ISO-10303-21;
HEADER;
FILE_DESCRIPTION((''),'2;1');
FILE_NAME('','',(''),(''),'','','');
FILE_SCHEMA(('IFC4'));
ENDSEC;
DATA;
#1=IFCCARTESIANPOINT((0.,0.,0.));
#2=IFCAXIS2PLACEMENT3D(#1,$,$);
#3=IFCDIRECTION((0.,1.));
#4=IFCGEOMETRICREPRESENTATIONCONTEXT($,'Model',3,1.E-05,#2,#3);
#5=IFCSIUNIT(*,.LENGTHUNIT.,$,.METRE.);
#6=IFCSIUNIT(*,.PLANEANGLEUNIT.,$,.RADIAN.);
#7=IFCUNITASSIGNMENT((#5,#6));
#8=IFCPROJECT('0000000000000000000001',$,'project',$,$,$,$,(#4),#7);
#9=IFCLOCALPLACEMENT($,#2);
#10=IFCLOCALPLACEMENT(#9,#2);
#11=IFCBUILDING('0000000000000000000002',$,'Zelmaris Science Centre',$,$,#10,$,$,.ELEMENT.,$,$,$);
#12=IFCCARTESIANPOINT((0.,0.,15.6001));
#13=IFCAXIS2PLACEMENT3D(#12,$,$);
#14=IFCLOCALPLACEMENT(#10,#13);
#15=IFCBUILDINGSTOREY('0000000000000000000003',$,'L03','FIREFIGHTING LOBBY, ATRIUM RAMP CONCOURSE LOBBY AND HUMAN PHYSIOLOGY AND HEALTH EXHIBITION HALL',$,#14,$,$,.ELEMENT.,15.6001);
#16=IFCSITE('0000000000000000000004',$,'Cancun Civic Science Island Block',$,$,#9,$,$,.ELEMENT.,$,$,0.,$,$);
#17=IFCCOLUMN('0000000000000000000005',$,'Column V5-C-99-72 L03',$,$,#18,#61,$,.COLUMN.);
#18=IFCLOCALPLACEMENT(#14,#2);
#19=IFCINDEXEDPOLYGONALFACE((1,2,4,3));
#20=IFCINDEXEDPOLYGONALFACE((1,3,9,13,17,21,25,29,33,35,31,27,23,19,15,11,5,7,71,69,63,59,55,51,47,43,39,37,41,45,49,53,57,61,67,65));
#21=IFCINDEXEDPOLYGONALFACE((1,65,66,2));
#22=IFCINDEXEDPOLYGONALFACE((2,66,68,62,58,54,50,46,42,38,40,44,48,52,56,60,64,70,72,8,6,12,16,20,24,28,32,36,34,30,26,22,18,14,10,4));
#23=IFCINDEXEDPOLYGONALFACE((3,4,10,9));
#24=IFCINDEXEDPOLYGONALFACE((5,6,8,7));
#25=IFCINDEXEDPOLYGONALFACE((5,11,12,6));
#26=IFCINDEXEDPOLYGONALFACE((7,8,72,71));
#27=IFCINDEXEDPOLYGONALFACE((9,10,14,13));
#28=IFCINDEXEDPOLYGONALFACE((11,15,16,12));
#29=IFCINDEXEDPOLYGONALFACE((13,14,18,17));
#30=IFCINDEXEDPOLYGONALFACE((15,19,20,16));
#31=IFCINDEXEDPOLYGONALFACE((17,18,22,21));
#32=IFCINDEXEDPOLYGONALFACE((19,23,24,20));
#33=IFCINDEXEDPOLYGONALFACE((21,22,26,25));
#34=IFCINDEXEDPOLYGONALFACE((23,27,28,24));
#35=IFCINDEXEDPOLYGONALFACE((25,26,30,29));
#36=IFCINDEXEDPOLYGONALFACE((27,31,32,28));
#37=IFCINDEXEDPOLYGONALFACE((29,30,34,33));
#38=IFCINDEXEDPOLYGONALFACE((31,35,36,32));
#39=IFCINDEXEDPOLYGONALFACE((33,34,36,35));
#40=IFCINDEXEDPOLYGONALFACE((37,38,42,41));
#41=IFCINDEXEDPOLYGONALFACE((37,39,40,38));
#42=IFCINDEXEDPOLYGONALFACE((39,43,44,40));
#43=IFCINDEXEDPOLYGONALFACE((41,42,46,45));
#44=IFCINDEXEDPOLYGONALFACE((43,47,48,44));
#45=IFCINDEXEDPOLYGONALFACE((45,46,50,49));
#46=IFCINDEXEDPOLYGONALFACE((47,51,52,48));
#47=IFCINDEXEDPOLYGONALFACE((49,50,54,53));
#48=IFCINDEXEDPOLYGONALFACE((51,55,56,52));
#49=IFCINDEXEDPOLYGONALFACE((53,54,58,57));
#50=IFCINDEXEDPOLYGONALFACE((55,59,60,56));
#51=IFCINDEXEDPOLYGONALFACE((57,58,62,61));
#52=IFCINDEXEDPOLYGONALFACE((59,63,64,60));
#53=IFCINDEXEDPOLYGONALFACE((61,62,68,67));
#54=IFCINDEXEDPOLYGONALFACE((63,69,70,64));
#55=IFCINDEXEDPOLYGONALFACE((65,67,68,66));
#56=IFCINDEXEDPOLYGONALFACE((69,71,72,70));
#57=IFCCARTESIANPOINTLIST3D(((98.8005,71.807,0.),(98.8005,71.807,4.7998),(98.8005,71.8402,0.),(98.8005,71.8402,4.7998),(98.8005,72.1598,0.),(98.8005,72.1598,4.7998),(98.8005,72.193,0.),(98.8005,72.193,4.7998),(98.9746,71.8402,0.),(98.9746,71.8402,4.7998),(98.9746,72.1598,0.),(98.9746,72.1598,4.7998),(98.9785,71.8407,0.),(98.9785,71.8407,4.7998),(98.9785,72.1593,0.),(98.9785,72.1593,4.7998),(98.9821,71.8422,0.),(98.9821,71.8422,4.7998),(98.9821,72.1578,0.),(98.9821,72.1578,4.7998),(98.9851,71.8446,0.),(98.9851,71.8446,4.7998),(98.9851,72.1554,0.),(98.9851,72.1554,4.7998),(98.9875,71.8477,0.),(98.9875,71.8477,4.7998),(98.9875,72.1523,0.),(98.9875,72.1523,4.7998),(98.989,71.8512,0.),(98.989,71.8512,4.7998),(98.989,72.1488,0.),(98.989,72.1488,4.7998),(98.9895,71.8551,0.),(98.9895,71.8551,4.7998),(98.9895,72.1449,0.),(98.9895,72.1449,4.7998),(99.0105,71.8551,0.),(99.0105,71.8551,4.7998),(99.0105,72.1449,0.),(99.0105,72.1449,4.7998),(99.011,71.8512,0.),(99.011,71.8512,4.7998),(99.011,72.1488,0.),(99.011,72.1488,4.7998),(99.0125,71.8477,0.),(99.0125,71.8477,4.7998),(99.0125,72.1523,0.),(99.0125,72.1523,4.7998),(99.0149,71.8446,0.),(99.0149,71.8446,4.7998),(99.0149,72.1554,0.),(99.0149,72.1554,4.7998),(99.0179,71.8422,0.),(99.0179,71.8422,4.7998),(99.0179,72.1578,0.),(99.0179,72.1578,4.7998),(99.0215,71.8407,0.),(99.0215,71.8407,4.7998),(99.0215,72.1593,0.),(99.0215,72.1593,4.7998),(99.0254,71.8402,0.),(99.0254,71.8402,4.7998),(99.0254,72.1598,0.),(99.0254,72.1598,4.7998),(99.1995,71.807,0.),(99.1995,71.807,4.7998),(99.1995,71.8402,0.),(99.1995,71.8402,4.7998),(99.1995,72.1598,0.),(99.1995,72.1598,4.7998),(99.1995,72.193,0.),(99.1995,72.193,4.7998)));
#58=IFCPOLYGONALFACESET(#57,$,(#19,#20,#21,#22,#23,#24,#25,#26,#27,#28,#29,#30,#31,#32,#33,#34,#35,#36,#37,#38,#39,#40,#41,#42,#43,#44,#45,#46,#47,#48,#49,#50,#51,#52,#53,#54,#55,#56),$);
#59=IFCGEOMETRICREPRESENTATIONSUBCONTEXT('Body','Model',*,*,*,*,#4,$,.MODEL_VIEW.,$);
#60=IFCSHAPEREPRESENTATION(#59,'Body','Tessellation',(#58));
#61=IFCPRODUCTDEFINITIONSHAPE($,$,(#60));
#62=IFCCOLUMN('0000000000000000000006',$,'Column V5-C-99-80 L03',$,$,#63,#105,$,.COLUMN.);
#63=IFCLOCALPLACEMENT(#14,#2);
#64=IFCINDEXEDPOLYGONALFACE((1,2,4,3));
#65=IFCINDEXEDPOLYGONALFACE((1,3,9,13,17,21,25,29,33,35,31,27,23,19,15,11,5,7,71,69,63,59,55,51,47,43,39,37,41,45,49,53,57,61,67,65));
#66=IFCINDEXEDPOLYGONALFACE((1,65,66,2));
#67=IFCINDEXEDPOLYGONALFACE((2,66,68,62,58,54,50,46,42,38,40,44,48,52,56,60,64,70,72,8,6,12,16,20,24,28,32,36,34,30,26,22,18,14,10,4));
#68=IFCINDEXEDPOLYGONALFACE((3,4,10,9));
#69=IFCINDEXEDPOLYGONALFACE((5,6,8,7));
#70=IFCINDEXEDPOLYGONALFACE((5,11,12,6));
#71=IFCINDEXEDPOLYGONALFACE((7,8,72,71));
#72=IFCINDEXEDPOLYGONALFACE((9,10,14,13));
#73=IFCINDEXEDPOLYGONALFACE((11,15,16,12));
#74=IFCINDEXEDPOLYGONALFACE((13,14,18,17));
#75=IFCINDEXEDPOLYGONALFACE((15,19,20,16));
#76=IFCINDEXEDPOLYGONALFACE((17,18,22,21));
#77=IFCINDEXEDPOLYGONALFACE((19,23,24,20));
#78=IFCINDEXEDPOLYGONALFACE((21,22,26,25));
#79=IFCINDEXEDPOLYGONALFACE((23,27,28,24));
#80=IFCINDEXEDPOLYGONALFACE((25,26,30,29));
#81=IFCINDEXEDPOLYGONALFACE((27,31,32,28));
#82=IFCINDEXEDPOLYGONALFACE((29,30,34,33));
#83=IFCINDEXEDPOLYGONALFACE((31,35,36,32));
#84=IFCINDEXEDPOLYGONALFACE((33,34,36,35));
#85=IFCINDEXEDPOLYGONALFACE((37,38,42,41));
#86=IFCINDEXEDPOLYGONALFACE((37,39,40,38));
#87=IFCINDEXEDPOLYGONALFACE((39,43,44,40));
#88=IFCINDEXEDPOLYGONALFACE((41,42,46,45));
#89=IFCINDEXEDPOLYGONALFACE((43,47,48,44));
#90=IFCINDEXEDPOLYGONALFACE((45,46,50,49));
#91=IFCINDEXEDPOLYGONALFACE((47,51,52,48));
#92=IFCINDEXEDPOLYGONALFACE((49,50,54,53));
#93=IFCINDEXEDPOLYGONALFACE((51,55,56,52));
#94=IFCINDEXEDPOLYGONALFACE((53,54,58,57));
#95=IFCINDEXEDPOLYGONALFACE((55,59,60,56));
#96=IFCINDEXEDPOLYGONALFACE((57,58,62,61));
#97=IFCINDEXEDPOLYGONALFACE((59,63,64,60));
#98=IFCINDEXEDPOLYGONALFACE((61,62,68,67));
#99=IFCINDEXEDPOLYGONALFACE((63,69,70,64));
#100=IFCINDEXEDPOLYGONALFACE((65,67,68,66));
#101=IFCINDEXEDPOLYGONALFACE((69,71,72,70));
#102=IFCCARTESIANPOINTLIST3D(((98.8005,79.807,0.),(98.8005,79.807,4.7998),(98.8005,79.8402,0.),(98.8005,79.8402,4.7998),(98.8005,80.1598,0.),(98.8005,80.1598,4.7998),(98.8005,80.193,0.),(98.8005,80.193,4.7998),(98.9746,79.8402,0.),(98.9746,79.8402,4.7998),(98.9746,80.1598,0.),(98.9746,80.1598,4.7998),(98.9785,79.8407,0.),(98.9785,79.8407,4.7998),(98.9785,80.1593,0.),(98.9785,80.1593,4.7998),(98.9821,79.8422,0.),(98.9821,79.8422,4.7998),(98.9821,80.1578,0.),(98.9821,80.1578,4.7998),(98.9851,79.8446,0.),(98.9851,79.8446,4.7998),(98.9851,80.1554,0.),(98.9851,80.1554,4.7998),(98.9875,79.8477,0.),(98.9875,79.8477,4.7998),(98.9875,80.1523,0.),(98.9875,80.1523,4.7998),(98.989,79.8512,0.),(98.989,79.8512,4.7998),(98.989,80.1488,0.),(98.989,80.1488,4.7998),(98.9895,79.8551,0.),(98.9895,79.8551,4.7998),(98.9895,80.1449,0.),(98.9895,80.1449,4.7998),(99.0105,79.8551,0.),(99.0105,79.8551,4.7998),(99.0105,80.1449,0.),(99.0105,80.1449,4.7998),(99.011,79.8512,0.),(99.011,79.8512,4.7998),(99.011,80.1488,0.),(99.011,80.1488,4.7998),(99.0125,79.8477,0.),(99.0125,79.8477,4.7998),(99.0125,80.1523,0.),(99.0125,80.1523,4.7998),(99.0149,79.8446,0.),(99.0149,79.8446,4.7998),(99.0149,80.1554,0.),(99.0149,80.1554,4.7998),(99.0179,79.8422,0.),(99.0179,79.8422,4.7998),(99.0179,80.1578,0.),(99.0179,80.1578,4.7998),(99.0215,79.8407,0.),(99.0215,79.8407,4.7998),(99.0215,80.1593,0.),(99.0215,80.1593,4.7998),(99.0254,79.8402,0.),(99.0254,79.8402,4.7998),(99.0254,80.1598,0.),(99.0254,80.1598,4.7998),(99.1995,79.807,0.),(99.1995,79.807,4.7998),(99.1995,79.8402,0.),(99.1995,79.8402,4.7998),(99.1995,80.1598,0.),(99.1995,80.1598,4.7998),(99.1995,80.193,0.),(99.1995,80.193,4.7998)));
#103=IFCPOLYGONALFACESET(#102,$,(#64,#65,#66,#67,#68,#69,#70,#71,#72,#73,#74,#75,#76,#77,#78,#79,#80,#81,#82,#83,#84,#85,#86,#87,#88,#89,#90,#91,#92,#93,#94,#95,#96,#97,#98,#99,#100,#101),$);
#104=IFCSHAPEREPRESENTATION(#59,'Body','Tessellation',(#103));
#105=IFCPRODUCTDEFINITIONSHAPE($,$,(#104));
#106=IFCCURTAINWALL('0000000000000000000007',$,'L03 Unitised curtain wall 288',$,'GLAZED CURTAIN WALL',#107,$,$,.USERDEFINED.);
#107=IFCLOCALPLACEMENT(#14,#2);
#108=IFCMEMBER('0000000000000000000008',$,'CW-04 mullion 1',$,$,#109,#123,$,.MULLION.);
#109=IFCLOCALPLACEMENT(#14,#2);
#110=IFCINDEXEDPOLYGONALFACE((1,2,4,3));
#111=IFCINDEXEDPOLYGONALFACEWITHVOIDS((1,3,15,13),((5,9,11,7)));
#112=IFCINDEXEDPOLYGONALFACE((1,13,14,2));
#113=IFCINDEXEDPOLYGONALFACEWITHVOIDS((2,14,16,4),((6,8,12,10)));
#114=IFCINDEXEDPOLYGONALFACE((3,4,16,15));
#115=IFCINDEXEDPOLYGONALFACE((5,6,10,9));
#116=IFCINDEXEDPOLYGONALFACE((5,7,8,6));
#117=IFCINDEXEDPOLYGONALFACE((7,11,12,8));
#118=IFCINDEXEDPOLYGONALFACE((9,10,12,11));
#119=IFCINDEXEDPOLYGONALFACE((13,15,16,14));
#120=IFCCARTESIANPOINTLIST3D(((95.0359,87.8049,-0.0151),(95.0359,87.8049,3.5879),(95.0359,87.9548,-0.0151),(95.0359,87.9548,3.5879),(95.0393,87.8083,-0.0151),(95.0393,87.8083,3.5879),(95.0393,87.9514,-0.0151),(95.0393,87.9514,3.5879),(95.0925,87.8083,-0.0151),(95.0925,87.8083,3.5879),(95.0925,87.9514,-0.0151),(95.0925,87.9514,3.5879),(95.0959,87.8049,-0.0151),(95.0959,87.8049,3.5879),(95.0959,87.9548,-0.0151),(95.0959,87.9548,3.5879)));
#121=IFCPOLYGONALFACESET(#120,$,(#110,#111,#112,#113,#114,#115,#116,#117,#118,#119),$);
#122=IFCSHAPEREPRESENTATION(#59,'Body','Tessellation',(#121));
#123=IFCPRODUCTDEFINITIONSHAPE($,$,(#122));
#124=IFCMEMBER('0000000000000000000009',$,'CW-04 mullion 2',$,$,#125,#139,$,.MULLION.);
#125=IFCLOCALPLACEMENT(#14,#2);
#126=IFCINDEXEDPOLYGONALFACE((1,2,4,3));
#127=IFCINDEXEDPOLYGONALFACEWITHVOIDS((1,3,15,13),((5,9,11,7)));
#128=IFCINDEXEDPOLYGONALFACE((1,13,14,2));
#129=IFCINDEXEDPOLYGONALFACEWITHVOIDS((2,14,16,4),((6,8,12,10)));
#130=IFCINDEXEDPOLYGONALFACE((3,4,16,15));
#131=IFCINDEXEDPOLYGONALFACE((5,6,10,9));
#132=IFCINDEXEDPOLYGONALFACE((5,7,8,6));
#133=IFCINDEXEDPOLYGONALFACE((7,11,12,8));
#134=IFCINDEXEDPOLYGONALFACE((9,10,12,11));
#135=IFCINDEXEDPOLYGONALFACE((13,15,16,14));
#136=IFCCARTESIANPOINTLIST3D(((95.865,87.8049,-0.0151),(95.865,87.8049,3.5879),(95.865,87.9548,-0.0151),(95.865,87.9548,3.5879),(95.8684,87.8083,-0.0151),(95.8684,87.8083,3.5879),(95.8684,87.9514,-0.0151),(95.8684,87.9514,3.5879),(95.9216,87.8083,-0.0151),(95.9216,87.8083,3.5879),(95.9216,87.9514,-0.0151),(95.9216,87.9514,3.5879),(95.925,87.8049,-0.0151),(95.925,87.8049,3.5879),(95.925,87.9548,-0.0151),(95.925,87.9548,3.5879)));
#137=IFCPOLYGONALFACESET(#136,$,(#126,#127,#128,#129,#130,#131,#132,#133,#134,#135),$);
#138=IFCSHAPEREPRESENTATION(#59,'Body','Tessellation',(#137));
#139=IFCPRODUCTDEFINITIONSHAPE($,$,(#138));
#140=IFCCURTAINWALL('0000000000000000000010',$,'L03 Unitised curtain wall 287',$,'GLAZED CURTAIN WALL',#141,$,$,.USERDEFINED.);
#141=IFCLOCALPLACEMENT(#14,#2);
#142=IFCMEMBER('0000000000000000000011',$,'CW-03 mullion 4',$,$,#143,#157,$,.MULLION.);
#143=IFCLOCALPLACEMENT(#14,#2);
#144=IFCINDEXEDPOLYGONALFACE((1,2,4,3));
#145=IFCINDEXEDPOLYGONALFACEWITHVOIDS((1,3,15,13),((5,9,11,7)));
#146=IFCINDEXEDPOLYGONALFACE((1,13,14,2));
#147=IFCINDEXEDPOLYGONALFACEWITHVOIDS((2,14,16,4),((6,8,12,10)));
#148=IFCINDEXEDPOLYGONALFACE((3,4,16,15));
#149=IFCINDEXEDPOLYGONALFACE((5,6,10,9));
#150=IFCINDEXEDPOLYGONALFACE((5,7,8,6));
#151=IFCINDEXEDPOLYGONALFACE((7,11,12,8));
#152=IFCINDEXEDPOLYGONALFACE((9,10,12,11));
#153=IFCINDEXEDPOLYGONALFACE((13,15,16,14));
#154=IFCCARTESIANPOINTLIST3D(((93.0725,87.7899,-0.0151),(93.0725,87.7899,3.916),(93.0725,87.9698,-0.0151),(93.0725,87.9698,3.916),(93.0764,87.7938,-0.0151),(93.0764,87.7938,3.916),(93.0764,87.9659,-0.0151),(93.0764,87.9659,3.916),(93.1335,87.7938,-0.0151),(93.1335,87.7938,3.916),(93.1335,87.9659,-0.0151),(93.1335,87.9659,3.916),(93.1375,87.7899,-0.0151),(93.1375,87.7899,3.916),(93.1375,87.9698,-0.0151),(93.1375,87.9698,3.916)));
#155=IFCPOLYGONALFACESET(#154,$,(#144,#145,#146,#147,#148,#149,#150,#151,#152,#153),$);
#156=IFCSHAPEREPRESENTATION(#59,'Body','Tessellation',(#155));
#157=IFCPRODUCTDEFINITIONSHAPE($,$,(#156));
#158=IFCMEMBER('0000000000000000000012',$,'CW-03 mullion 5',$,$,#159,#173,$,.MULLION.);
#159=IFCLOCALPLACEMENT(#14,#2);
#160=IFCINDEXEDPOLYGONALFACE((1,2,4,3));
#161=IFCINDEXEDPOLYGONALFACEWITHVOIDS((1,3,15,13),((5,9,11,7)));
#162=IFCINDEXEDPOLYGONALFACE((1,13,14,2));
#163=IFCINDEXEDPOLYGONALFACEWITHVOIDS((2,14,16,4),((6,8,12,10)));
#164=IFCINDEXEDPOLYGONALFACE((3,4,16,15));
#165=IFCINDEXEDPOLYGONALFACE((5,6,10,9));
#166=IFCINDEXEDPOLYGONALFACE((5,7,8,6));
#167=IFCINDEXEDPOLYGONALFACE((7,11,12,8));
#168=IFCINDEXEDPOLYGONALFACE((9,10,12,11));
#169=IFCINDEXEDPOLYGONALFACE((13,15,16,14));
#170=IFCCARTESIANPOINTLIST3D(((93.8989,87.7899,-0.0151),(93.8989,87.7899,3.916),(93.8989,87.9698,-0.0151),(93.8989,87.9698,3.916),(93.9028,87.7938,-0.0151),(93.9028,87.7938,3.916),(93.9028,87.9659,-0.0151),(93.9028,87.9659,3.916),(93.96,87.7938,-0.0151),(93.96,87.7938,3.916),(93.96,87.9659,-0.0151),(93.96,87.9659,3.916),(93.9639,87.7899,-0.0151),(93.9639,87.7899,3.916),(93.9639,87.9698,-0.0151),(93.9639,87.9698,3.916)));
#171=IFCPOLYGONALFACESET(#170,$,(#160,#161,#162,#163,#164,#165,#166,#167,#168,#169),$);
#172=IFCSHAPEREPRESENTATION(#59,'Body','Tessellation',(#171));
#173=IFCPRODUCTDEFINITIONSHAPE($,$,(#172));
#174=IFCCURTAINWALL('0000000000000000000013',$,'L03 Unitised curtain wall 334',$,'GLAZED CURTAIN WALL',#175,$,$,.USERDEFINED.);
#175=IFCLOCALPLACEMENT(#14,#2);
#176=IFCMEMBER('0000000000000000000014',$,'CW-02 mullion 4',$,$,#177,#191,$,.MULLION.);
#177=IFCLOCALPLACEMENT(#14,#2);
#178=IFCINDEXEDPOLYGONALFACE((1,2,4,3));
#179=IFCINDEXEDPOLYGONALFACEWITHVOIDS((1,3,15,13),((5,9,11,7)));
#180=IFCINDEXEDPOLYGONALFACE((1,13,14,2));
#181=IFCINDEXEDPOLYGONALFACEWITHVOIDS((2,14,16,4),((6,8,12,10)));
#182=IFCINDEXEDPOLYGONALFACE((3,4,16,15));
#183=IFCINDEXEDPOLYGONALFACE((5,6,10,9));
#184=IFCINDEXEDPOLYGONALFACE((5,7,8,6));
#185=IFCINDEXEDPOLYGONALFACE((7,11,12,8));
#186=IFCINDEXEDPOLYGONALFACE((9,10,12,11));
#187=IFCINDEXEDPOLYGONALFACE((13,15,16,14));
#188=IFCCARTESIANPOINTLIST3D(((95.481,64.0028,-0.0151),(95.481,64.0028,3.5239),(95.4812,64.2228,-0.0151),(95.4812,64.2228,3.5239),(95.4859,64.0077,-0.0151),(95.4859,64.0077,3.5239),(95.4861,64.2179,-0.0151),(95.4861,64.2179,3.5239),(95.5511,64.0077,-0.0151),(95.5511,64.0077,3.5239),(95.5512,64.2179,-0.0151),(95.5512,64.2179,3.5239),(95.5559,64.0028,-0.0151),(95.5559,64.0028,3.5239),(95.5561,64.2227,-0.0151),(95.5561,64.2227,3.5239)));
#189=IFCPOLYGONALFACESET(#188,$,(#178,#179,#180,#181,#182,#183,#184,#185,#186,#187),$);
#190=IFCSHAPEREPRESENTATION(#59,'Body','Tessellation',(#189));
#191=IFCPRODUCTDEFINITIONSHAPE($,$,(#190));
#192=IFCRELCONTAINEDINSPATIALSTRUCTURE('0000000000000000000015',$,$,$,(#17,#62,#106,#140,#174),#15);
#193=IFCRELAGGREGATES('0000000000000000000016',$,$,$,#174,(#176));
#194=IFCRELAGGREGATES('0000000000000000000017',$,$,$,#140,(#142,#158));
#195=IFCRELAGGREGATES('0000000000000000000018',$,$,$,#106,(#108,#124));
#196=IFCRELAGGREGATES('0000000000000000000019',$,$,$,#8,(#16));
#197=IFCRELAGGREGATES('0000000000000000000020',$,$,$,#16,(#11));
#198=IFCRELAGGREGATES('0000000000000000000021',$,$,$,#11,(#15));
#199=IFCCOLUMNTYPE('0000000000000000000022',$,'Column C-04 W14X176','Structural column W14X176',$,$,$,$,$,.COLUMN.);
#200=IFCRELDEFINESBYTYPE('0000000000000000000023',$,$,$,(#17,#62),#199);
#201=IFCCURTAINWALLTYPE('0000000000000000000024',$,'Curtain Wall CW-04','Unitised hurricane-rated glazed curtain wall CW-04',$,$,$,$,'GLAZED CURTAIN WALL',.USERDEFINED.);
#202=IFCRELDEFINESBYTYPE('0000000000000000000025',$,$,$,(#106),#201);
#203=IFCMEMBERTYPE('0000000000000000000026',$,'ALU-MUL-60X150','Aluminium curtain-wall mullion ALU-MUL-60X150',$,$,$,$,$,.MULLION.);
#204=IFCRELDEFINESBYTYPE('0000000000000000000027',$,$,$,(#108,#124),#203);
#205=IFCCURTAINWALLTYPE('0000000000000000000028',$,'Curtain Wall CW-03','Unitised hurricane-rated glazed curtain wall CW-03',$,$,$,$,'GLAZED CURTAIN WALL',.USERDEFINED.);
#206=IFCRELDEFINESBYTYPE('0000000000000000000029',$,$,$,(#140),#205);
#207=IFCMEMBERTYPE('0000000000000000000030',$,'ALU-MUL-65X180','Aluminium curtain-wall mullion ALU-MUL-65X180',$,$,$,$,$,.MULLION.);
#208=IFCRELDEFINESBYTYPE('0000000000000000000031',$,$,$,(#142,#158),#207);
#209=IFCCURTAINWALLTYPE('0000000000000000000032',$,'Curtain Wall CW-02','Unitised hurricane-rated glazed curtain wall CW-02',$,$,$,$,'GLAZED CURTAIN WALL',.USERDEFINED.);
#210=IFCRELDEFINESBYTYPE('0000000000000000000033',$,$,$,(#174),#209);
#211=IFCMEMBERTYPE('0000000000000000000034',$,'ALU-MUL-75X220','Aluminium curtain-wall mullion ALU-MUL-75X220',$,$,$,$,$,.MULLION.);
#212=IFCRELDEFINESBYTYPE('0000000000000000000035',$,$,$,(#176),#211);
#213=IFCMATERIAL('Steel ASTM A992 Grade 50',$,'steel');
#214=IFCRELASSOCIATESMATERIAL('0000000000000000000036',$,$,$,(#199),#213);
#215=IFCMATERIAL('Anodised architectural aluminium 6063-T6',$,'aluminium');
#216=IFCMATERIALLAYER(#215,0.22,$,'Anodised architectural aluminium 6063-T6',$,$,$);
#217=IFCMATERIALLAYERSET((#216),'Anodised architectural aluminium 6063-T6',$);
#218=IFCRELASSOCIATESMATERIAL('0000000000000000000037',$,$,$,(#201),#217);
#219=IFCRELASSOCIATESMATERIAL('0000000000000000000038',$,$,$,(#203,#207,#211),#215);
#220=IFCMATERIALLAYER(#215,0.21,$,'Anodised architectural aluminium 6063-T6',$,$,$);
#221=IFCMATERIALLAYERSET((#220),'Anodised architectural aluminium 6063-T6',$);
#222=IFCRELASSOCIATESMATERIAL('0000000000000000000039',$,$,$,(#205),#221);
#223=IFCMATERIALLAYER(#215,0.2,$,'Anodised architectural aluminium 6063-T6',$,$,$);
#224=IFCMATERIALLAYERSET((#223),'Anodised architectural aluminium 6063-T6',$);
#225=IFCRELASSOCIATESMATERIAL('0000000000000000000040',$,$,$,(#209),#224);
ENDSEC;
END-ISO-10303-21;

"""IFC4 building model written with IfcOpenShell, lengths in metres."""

from ifc_helpers import new_model, si_unit, direction, frame, origin, origin_2d, place, context, subcontext, project, spatial, hollow_rectangle, i_section, extrude, material, layer, layer_set, material_profile, profile_set, type_object, element, aggregate, save


model = new_model("IFC4")

# Units and contexts
model_context = context("Model", 3, precision=1e-05, world=origin(), true_north=direction((0.0, 1.0)))
body_context = subcontext(model_context, "Body", "Model", "MODEL_VIEW")
ifc_project = project(units=[si_unit("LENGTHUNIT", "METRE"), si_unit("PLANEANGLEUNIT", "RADIAN")], contexts=[model_context])

# Site, building, storey
site_placement = place(None, origin())
site = spatial("IfcSite", under=ifc_project, at=site_placement, Name="Cancun Civic Science Island Block", CompositionType="ELEMENT", RefElevation=0.0)
building_placement = place(site_placement, origin())
building = spatial("IfcBuilding", under=site, at=building_placement, Name="Zelmaris Science Centre", CompositionType="ELEMENT")
storey_placement = place(building_placement, frame((0.0, 0.0, 15.6001)))
storey = spatial("IfcBuildingStorey", under=building, at=storey_placement, Name="L03", Description="FIREFIGHTING LOBBY, ATRIUM RAMP CONCOURSE LOBBY AND HUMAN PHYSIOLOGY AND HEALTH EXHIBITION HALL", CompositionType="ELEMENT", Elevation=15.6001)

# Columns
ifc_material_1 = material(Name="Steel ASTM A992 Grade 50", Category="steel")
ifc_material_profile_1 = material_profile(ifc_material_1, i_section(OverallWidth=0.3989, OverallDepth=0.386, WebThickness=0.021, FlangeThickness=0.0332, FilletRadius=0.0149, at=origin_2d()), Name="W14X176")
ifc_profile_set_1 = profile_set([ifc_material_profile_1], Name="Steel ASTM A992 Grade 50")
column_type = type_object("IfcColumnType", Name="Column C-04 W14X176", Description="Structural column W14X176", PredefinedType="COLUMN", material=ifc_profile_set_1)
for number, where, z_axis, x_axis, name in (
    (1, (99.0, 72.0, 0.0), (0.0, 0.0, 1.0), (1.0, 0.0, 0.0), "Column V5-C-99-72 L03"),
    (2, (99.0, 80.0, 0.0), (0.0, 0.0, 1.0), (1.0, 0.0, 0.0), "Column V5-C-99-80 L03"),
):
    element("IfcColumn", number, at=place(storey_placement, frame(where, z_axis=z_axis, x_axis=x_axis)), inside=storey, type_object=column_type, Name=name, PredefinedType="COLUMN", context=body_context, shape_type="SweptSolid", body=[
        extrude(i_section(OverallWidth=0.3989, OverallDepth=0.386, WebThickness=0.021, FlangeThickness=0.0332, FilletRadius=0.0149, at=origin_2d()), origin(), (0.0, 0.0, 1.0), 4.7998),
    ])

# Curtain walls, members
ifc_material_2 = material(Name="Anodised architectural aluminium 6063-T6", Category="aluminium")
ifc_layer_1 = layer(ifc_material_2, 0.22, Name="Anodised architectural aluminium 6063-T6")
ifc_layer_set_1 = layer_set([ifc_layer_1], Name="Anodised architectural aluminium 6063-T6")
curtain_wall_type_1 = type_object("IfcCurtainWallType", Name="Curtain Wall CW-04", Description="Unitised hurricane-rated glazed curtain wall CW-04", ElementType="GLAZED CURTAIN WALL", PredefinedType="USERDEFINED", material=ifc_layer_set_1)
curtain_wall_1_placement = place(storey_placement, origin())
curtain_wall_1 = element("IfcCurtainWall", 3, at=curtain_wall_1_placement, inside=storey, type_object=curtain_wall_type_1, Name="L03 Unitised curtain wall 288", ObjectType="GLAZED CURTAIN WALL", PredefinedType="USERDEFINED")
ifc_material_profile_2 = material_profile(ifc_material_2, hollow_rectangle(XDim=0.0601, YDim=0.1499, WallThickness=0.0034, at=origin_2d()), Name="ALU-MUL-60X150")
ifc_profile_set_2 = profile_set([ifc_material_profile_2], Name="Anodised architectural aluminium 6063-T6")
member_type_1 = type_object("IfcMemberType", Name="ALU-MUL-60X150", Description="Aluminium curtain-wall mullion ALU-MUL-60X150", PredefinedType="MULLION", material=ifc_profile_set_2)
member_1_placement = place(storey_placement, frame((95.0659, 87.8799, -0.0151), z_axis=(0.0, 0.0, 1.0), x_axis=(1.0, 0.0, 0.0)))
member_1 = element("IfcMember", 4, at=member_1_placement, type_object=member_type_1, Name="CW-04 mullion 1", PredefinedType="MULLION", context=body_context, shape_type="SweptSolid", body=[
    extrude(hollow_rectangle(XDim=0.0601, YDim=0.1499, WallThickness=0.0034, at=origin_2d()), origin(), (0.0, 0.0, 1.0), 3.603),
])
member_2_placement = place(storey_placement, frame((95.895, 87.8799, -0.0151), z_axis=(0.0, 0.0, 1.0), x_axis=(1.0, 0.0, 0.0)))
member_2 = element("IfcMember", 5, at=member_2_placement, type_object=member_type_1, Name="CW-04 mullion 2", PredefinedType="MULLION", context=body_context, shape_type="SweptSolid", body=[
    extrude(hollow_rectangle(XDim=0.0601, YDim=0.1499, WallThickness=0.0034, at=origin_2d()), origin(), (0.0, 0.0, 1.0), 3.603),
])
ifc_layer_2 = layer(ifc_material_2, 0.21, Name="Anodised architectural aluminium 6063-T6")
ifc_layer_set_2 = layer_set([ifc_layer_2], Name="Anodised architectural aluminium 6063-T6")
curtain_wall_type_2 = type_object("IfcCurtainWallType", Name="Curtain Wall CW-03", Description="Unitised hurricane-rated glazed curtain wall CW-03", ElementType="GLAZED CURTAIN WALL", PredefinedType="USERDEFINED", material=ifc_layer_set_2)
curtain_wall_2_placement = place(storey_placement, origin())
curtain_wall_2 = element("IfcCurtainWall", 6, at=curtain_wall_2_placement, inside=storey, type_object=curtain_wall_type_2, Name="L03 Unitised curtain wall 287", ObjectType="GLAZED CURTAIN WALL", PredefinedType="USERDEFINED")
ifc_material_profile_3 = material_profile(ifc_material_2, hollow_rectangle(XDim=0.0649, YDim=0.1799, WallThickness=0.0039, at=origin_2d()), Name="ALU-MUL-65X180")
ifc_profile_set_3 = profile_set([ifc_material_profile_3], Name="Anodised architectural aluminium 6063-T6")
member_type_2 = type_object("IfcMemberType", Name="ALU-MUL-65X180", Description="Aluminium curtain-wall mullion ALU-MUL-65X180", PredefinedType="MULLION", material=ifc_profile_set_3)
member_3_placement = place(storey_placement, frame((93.105, 87.8799, -0.0151), z_axis=(0.0, 0.0, 1.0), x_axis=(1.0, 0.0, 0.0)))
member_3 = element("IfcMember", 7, at=member_3_placement, type_object=member_type_2, Name="CW-03 mullion 4", PredefinedType="MULLION", context=body_context, shape_type="SweptSolid", body=[
    extrude(hollow_rectangle(XDim=0.0649, YDim=0.1799, WallThickness=0.0039, at=origin_2d()), origin(), (0.0, 0.0, 1.0), 3.9312),
])
member_4_placement = place(storey_placement, frame((93.9314, 87.8799, -0.0151), z_axis=(0.0, 0.0, 1.0), x_axis=(1.0, 0.0, 0.0)))
member_4 = element("IfcMember", 8, at=member_4_placement, type_object=member_type_2, Name="CW-03 mullion 5", PredefinedType="MULLION", context=body_context, shape_type="SweptSolid", body=[
    extrude(hollow_rectangle(XDim=0.0649, YDim=0.1799, WallThickness=0.0039, at=origin_2d()), origin(), (0.0, 0.0, 1.0), 3.9312),
])
ifc_layer_3 = layer(ifc_material_2, 0.2, Name="Anodised architectural aluminium 6063-T6")
ifc_layer_set_3 = layer_set([ifc_layer_3], Name="Anodised architectural aluminium 6063-T6")
curtain_wall_type_3 = type_object("IfcCurtainWallType", Name="Curtain Wall CW-02", Description="Unitised hurricane-rated glazed curtain wall CW-02", ElementType="GLAZED CURTAIN WALL", PredefinedType="USERDEFINED", material=ifc_layer_set_3)
curtain_wall_3_placement = place(storey_placement, origin())
curtain_wall_3 = element("IfcCurtainWall", 9, at=curtain_wall_3_placement, inside=storey, type_object=curtain_wall_type_3, Name="L03 Unitised curtain wall 334", ObjectType="GLAZED CURTAIN WALL", PredefinedType="USERDEFINED")
ifc_material_profile_4 = material_profile(ifc_material_2, hollow_rectangle(XDim=0.075, YDim=0.22, WallThickness=0.0049, at=origin_2d()), Name="ALU-MUL-75X220")
ifc_profile_set_4 = profile_set([ifc_material_profile_4], Name="Anodised architectural aluminium 6063-T6")
member_type_3 = type_object("IfcMemberType", Name="ALU-MUL-75X220", Description="Aluminium curtain-wall mullion ALU-MUL-75X220", PredefinedType="MULLION", material=ifc_profile_set_4)
member_5_placement = place(storey_placement, frame((95.5186, 64.1128, -0.0151), z_axis=(0.0, 0.0, 1.0), x_axis=(-1.0, 0.000848, 0.0)))
member_5 = element("IfcMember", 10, at=member_5_placement, type_object=member_type_3, Name="CW-02 mullion 4", PredefinedType="MULLION", context=body_context, shape_type="SweptSolid", body=[
    extrude(hollow_rectangle(XDim=0.075, YDim=0.22, WallThickness=0.0049, at=origin_2d()), origin(), (0.0, 0.0, 1.0), 3.5391),
])

aggregate(curtain_wall_3, [member_5])
aggregate(curtain_wall_2, [member_3, member_4])
aggregate(curtain_wall_1, [member_1, member_2])

save(model, "model.ifc")
